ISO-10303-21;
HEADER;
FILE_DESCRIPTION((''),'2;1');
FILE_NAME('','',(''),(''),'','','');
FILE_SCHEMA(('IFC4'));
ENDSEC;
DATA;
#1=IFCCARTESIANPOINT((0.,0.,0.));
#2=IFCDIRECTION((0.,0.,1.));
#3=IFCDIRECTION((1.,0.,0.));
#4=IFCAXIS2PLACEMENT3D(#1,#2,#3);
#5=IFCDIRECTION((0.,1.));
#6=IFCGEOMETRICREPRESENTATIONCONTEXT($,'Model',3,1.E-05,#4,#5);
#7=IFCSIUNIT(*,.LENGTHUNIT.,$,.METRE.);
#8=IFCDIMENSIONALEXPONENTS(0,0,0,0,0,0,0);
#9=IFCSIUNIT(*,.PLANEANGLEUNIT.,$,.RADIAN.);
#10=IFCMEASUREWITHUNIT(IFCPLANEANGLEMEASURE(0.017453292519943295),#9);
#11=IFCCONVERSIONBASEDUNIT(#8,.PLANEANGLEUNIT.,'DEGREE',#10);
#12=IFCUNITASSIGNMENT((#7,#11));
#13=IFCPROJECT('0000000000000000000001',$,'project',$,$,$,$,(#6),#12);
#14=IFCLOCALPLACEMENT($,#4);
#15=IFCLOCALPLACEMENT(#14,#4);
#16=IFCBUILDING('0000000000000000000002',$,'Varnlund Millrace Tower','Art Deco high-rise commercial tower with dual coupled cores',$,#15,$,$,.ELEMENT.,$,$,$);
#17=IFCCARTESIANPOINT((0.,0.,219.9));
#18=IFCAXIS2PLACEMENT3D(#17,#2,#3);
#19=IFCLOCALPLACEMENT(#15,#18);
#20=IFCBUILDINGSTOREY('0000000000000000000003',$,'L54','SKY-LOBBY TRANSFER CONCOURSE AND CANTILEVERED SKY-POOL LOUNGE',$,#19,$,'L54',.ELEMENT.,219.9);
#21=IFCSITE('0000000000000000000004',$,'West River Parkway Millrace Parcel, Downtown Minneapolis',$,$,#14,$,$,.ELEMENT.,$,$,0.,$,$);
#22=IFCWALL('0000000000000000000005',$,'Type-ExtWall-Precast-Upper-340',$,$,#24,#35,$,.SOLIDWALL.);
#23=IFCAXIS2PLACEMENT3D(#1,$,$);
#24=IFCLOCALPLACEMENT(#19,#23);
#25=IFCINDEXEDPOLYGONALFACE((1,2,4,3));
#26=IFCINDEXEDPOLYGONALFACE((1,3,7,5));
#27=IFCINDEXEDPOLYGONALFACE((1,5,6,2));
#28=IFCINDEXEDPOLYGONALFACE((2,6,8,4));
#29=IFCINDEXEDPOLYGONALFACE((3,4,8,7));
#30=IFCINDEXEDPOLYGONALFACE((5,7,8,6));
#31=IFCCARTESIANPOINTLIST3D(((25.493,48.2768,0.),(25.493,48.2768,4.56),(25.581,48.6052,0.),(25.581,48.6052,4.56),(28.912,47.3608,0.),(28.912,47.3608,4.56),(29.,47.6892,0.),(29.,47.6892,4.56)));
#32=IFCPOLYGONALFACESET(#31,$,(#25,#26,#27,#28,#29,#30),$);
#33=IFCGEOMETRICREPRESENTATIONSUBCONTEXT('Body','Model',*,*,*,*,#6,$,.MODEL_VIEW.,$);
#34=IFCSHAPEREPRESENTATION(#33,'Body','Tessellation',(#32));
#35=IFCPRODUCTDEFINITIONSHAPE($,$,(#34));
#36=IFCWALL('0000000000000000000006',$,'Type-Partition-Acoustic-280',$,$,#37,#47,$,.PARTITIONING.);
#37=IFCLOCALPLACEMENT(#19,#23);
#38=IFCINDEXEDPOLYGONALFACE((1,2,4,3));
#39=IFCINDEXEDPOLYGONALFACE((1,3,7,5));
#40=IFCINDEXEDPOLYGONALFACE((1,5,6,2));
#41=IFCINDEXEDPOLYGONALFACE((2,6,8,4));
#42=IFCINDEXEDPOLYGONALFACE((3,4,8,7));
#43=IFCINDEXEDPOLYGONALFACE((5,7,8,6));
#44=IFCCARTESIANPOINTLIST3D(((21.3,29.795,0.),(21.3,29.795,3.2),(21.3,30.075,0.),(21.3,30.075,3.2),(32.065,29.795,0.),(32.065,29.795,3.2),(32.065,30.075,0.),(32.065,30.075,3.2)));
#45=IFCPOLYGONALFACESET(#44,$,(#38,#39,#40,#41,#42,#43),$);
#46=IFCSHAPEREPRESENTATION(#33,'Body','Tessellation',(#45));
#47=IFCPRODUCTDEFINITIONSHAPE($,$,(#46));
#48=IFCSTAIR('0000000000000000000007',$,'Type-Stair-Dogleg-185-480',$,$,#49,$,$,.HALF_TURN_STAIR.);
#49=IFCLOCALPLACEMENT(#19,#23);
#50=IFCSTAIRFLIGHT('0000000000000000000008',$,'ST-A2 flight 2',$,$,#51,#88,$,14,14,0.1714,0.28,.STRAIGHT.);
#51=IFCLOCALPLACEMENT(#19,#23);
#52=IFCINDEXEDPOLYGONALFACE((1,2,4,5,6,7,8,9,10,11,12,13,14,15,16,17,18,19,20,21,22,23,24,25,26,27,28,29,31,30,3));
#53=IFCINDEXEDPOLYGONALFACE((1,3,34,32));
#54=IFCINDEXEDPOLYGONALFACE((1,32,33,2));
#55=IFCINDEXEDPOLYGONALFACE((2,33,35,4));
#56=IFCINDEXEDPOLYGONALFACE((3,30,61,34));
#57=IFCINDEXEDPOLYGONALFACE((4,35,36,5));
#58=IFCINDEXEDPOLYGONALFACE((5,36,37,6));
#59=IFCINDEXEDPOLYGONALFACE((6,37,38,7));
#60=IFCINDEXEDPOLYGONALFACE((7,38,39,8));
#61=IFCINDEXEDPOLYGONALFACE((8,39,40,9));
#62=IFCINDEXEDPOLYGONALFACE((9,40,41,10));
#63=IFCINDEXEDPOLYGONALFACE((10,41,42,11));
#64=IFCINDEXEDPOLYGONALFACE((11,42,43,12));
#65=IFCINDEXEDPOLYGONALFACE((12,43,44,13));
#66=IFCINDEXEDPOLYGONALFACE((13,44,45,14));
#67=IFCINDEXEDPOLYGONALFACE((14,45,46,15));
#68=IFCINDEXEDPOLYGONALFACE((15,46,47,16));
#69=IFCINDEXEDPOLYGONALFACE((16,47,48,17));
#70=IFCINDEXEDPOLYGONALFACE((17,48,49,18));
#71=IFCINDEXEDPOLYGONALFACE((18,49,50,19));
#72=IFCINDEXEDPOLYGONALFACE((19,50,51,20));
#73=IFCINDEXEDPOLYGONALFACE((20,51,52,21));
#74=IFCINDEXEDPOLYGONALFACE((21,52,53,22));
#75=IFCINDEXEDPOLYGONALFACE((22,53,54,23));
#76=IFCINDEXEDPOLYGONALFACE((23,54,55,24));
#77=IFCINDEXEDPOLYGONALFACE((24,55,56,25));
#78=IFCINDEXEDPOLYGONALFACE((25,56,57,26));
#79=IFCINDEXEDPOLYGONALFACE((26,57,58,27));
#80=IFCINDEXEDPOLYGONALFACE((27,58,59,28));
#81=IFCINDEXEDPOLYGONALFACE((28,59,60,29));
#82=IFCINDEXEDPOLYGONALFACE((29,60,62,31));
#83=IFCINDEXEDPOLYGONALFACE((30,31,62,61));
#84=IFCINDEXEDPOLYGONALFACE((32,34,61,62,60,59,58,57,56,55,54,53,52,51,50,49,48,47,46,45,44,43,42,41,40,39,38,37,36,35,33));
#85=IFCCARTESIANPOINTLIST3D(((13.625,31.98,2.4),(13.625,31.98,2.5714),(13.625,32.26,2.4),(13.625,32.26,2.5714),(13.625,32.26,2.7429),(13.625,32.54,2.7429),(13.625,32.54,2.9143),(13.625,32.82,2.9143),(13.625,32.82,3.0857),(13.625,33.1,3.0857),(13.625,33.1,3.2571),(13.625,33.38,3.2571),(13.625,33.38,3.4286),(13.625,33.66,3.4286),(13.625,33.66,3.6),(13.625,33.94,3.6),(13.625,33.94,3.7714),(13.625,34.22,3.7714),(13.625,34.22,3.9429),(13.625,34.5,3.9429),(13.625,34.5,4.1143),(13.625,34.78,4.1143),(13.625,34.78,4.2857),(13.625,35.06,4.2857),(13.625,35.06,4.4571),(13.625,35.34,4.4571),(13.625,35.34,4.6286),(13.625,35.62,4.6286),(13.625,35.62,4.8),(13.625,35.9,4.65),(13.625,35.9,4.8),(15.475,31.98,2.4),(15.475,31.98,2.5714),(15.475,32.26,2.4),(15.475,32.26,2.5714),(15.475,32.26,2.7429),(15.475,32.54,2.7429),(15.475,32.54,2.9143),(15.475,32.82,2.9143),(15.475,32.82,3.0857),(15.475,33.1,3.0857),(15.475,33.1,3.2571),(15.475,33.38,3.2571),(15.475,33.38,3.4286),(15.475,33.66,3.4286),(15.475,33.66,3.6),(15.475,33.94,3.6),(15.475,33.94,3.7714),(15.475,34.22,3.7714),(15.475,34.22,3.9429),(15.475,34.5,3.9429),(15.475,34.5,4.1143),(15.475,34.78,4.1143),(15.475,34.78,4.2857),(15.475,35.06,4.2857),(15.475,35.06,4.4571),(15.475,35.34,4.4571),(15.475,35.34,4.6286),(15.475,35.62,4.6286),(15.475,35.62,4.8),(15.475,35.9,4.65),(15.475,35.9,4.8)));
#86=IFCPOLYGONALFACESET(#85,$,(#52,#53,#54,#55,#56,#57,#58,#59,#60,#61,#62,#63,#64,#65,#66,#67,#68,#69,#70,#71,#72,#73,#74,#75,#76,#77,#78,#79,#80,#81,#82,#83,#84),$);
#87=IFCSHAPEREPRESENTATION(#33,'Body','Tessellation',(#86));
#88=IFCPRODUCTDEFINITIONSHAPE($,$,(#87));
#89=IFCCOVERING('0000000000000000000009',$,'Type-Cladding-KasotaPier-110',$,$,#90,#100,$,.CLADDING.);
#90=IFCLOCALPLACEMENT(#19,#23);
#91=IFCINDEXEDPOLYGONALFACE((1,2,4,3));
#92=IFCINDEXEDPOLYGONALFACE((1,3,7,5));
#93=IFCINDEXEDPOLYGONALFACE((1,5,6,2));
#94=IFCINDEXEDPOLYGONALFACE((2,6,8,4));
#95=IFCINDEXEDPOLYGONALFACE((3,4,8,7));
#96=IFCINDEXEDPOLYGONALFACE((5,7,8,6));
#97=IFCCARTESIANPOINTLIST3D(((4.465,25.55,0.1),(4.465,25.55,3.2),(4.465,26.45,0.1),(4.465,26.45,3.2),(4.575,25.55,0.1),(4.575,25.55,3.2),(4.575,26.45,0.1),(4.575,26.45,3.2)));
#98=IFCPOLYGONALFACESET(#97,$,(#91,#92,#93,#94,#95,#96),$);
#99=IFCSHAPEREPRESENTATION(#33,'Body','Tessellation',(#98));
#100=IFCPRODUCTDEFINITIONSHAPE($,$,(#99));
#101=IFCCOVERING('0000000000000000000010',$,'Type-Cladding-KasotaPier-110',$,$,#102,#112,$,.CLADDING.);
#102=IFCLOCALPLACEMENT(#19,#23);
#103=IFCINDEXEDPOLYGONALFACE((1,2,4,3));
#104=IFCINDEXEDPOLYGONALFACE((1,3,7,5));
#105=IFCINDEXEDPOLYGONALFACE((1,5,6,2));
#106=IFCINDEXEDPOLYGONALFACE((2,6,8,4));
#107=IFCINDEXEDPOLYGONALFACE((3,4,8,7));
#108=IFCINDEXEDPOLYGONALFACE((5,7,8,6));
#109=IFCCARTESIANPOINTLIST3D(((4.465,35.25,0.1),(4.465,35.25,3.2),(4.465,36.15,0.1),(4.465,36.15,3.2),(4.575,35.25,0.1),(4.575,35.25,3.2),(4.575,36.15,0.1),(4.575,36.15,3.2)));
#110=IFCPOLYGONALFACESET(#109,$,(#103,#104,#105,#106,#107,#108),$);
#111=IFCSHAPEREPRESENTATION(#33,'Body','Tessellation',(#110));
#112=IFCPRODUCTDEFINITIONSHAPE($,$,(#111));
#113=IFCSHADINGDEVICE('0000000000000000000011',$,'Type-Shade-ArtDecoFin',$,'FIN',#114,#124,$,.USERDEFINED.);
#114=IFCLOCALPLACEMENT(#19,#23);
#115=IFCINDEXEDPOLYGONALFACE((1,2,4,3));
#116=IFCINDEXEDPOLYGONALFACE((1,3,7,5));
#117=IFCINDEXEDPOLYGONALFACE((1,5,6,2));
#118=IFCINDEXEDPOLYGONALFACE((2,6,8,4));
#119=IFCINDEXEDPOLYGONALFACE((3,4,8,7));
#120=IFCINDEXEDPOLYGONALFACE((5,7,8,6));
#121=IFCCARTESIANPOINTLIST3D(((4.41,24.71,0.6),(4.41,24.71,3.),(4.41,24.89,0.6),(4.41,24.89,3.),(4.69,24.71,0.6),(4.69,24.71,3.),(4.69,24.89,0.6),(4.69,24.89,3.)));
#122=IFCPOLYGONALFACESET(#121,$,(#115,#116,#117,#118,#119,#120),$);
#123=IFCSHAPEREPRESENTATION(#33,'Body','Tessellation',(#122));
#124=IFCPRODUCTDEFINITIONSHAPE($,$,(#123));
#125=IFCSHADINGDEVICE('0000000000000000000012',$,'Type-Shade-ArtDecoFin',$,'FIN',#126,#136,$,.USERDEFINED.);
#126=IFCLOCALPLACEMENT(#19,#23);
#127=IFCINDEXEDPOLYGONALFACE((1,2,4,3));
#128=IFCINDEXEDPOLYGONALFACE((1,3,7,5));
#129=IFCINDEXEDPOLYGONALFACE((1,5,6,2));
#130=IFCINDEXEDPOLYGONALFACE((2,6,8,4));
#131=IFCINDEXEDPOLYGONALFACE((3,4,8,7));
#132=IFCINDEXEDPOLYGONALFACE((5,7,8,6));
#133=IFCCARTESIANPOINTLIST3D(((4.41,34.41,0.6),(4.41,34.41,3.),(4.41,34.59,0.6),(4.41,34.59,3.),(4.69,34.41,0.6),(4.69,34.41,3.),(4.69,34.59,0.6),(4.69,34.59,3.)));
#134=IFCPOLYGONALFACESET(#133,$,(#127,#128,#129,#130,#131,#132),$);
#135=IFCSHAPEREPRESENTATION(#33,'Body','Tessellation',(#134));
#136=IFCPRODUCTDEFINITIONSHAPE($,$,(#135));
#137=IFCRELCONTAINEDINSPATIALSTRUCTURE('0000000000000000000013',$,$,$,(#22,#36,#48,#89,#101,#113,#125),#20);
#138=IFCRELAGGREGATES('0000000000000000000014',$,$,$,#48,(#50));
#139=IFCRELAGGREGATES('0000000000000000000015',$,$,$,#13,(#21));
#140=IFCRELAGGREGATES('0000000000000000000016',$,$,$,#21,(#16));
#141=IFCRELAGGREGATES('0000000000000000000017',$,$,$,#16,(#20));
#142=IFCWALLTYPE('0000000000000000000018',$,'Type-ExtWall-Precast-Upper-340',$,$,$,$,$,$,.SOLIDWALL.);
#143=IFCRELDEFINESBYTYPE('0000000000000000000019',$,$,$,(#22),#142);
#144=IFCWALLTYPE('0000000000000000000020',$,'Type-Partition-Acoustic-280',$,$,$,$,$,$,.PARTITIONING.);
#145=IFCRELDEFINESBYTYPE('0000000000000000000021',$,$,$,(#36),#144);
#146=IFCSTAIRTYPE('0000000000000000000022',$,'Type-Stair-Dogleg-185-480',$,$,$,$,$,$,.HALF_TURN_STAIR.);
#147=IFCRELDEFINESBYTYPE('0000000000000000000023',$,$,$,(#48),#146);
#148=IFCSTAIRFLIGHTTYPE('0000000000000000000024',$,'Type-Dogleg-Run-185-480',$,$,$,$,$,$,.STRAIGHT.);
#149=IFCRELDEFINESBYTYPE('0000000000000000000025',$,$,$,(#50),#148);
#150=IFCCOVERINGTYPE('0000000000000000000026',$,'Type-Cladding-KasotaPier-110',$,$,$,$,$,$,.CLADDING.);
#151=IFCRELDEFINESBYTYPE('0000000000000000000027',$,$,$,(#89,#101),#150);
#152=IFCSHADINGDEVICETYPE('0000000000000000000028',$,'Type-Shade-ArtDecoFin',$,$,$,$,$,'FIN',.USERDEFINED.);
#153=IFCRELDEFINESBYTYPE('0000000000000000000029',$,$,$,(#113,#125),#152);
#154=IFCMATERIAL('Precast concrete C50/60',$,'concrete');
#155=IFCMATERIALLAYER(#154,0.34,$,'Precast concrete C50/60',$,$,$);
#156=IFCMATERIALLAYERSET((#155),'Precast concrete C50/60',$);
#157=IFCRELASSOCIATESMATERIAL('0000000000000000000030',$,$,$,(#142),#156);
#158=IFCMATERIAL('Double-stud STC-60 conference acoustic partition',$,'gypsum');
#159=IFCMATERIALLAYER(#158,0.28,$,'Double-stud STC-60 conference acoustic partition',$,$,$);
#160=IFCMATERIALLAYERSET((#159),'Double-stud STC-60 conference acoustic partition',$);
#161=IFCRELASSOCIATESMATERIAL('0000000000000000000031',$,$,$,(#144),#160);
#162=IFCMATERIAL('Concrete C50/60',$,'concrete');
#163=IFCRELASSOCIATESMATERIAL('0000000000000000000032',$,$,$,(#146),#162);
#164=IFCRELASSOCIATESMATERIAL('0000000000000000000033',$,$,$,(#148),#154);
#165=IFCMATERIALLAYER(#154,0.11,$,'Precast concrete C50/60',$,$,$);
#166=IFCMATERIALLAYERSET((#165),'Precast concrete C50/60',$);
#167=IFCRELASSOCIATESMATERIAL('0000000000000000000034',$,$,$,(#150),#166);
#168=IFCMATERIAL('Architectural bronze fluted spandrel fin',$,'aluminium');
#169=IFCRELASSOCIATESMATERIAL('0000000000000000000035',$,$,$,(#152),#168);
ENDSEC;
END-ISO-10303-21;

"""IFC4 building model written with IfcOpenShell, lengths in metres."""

from ifc_helpers import new_model, entity, si_unit, converted_unit, direction, frame, origin_with_axes, origin_2d_with_axis, place, context, subcontext, project, spatial, polyline, rectangle, outline, extrude, material, layer, layer_set, type_object, element, aggregate, save


model = new_model("IFC4")

# Units and contexts
model_context = context("Model", 3, precision=1e-05, world=origin_with_axes(), true_north=direction((0.0, 1.0)))
body_context = subcontext(model_context, "Body", "Model", "MODEL_VIEW")
ifc_project = project(units=[si_unit("LENGTHUNIT", "METRE"), converted_unit("PLANEANGLEUNIT", "DEGREE", entity("IfcPlaneAngleMeasure", 0.017453292519943295), si_unit("PLANEANGLEUNIT", "RADIAN"), dimensions=[0, 0, 0, 0, 0, 0, 0])], contexts=[model_context])

# Site, building, storey
site_placement = place(None, origin_with_axes())
site = spatial("IfcSite", under=ifc_project, at=site_placement, Name="West River Parkway Millrace Parcel, Downtown Minneapolis", CompositionType="ELEMENT", RefElevation=0.0)
building_placement = place(site_placement, origin_with_axes())
building = spatial("IfcBuilding", under=site, at=building_placement, Name="Varnlund Millrace Tower", Description="Art Deco high-rise commercial tower with dual coupled cores", CompositionType="ELEMENT")
storey_placement = place(building_placement, frame((0.0, 0.0, 219.9), z_axis=(0.0, 0.0, 1.0), x_axis=(1.0, 0.0, 0.0)))
storey = spatial("IfcBuildingStorey", under=building, at=storey_placement, Name="L54", Description="SKY-LOBBY TRANSFER CONCOURSE AND CANTILEVERED SKY-POOL LOUNGE", LongName="L54", CompositionType="ELEMENT", Elevation=219.9)

# Shared definitions
ifc_material_1 = material(Name="Precast concrete C50/60", Category="concrete")
ifc_layer_1 = layer(ifc_material_1, 0.34, Name="Precast concrete C50/60")
ifc_layer_set_1 = layer_set([ifc_layer_1], Name="Precast concrete C50/60")
wall_type_1 = type_object("IfcWallType", Name="Type-ExtWall-Precast-Upper-340", PredefinedType="SOLIDWALL", material=ifc_layer_set_1)

# Walls
wall_1_placement = place(storey_placement, frame((25.537, 48.441, 0.0), z_axis=(0.0, 0.0, 1.0), x_axis=(0.965934, -0.258788, 0.0)))
element("IfcWall", 1, at=wall_1_placement, inside=storey, type_object=wall_type_1, Name="Type-ExtWall-Precast-Upper-340", PredefinedType="SOLIDWALL", context=body_context, shape_type="SweptSolid", body=[
    extrude(outline(polyline([(0.0, -0.17), (3.5396, -0.17), (3.5396, 0.17), (0.0, 0.17), (0.0, -0.17)])), origin_with_axes(), (0.0, 0.0, 1.0), 4.56),
])
ifc_material_2 = material(Name="Double-stud STC-60 conference acoustic partition", Category="gypsum")
ifc_layer_2 = layer(ifc_material_2, 0.28, Name="Double-stud STC-60 conference acoustic partition")
ifc_layer_set_2 = layer_set([ifc_layer_2], Name="Double-stud STC-60 conference acoustic partition")
wall_type_2 = type_object("IfcWallType", Name="Type-Partition-Acoustic-280", PredefinedType="PARTITIONING", material=ifc_layer_set_2)
wall_2_placement = place(storey_placement, frame((21.3, 29.935, 0.0), z_axis=(0.0, 0.0, 1.0), x_axis=(1.0, 0.0, 0.0)))
element("IfcWall", 2, at=wall_2_placement, inside=storey, type_object=wall_type_2, Name="Type-Partition-Acoustic-280", PredefinedType="PARTITIONING", context=body_context, shape_type="SweptSolid", body=[
    extrude(outline(polyline([(0.0, -0.14), (10.765, -0.14), (10.765, 0.14), (0.0, 0.14), (0.0, -0.14)])), origin_with_axes(), (0.0, 0.0, 1.0), 3.2),
])

# Stair, stair flight
ifc_material_3 = material(Name="Concrete C50/60", Category="concrete")
stair_type = type_object("IfcStairType", Name="Type-Stair-Dogleg-185-480", PredefinedType="HALF_TURN_STAIR", material=ifc_material_3)
stair_placement = place(storey_placement, origin_with_axes())
stair = element("IfcStair", 3, at=stair_placement, inside=storey, type_object=stair_type, Name="Type-Stair-Dogleg-185-480", PredefinedType="HALF_TURN_STAIR")
stair_flight_type = type_object("IfcStairFlightType", Name="Type-Dogleg-Run-185-480", PredefinedType="STRAIGHT", material=ifc_material_1)
stair_flight_placement = place(storey_placement, frame((13.625, 31.98, 2.4), z_axis=(1.0, 0.0, 0.0), x_axis=(0.0, 1.0, 0.0)))
stair_flight = element("IfcStairFlight", 4, at=stair_flight_placement, type_object=stair_flight_type, Name="ST-A2 flight 2", NumberOfRisers=14, NumberOfTreads=14, PredefinedType="STRAIGHT", RiserHeight=0.1714, TreadLength=0.28, context=body_context, shape_type="SweptSolid", body=[
    extrude(outline(polyline([(0.0, 0.0), (0.0, 0.1714), (0.28, 0.1714), (0.28, 0.3429), (0.56, 0.3429), (0.56, 0.5143), (0.84, 0.5143), (0.84, 0.6857), (1.12, 0.6857), (1.12, 0.8571), (1.4, 0.8571), (1.4, 1.0286), (1.68, 1.0286), (1.68, 1.2), (1.96, 1.2), (1.96, 1.3714), (2.24, 1.3714), (2.24, 1.5429), (2.52, 1.5429), (2.52, 1.7143), (2.8, 1.7143), (2.8, 1.8857), (3.08, 1.8857), (3.08, 2.0571), (3.36, 2.0571), (3.36, 2.2286), (3.64, 2.2286), (3.64, 2.4), (3.92, 2.4), (3.92, 2.25), (0.28, 0.0), (0.0, 0.0)])), origin_with_axes(), (0.0, 0.0, 1.0), 1.85),
])
aggregate(stair, [stair_flight])

# Coverings
ifc_layer_3 = layer(ifc_material_1, 0.11, Name="Precast concrete C50/60")
ifc_layer_set_3 = layer_set([ifc_layer_3], Name="Precast concrete C50/60")
covering_type = type_object("IfcCoveringType", Name="Type-Cladding-KasotaPier-110", PredefinedType="CLADDING", material=ifc_layer_set_3)
for number, where, z_axis, x_axis, name in (
    (5, (4.52, 26.0, 0.1), (0.0, 0.0, 1.0), (1.0, 0.0, 0.0), "Type-Cladding-KasotaPier-110"),
    (6, (4.52, 35.7, 0.1), (0.0, 0.0, 1.0), (1.0, 0.0, 0.0), "Type-Cladding-KasotaPier-110"),
):
    element("IfcCovering", number, at=place(storey_placement, frame(where, z_axis=z_axis, x_axis=x_axis)), inside=storey, type_object=covering_type, Name=name, PredefinedType="CLADDING", context=body_context, shape_type="SweptSolid", body=[
        extrude(rectangle(XDim=0.11, YDim=0.9, at=origin_2d_with_axis()), origin_with_axes(), (0.0, 0.0, 1.0), 3.1),
    ])

# Shading devices
ifc_material_4 = material(Name="Architectural bronze fluted spandrel fin", Category="aluminium")
shading_device_type = type_object("IfcShadingDeviceType", Name="Type-Shade-ArtDecoFin", ElementType="FIN", PredefinedType="USERDEFINED", material=ifc_material_4)
for number, where, z_axis, x_axis, name in (
    (7, (4.55, 24.8, 0.6), (0.0, 0.0, 1.0), (1.0, 0.0, 0.0), "Type-Shade-ArtDecoFin"),
    (8, (4.55, 34.5, 0.6), (0.0, 0.0, 1.0), (1.0, 0.0, 0.0), "Type-Shade-ArtDecoFin"),
):
    element("IfcShadingDevice", number, at=place(storey_placement, frame(where, z_axis=z_axis, x_axis=x_axis)), inside=storey, type_object=shading_device_type, Name=name, ObjectType="FIN", PredefinedType="USERDEFINED", context=body_context, shape_type="SweptSolid", body=[
        extrude(rectangle(XDim=0.28, YDim=0.18, at=origin_2d_with_axis()), origin_with_axes(), (0.0, 0.0, 1.0), 2.4),
    ])

save(model, "model.ifc")
